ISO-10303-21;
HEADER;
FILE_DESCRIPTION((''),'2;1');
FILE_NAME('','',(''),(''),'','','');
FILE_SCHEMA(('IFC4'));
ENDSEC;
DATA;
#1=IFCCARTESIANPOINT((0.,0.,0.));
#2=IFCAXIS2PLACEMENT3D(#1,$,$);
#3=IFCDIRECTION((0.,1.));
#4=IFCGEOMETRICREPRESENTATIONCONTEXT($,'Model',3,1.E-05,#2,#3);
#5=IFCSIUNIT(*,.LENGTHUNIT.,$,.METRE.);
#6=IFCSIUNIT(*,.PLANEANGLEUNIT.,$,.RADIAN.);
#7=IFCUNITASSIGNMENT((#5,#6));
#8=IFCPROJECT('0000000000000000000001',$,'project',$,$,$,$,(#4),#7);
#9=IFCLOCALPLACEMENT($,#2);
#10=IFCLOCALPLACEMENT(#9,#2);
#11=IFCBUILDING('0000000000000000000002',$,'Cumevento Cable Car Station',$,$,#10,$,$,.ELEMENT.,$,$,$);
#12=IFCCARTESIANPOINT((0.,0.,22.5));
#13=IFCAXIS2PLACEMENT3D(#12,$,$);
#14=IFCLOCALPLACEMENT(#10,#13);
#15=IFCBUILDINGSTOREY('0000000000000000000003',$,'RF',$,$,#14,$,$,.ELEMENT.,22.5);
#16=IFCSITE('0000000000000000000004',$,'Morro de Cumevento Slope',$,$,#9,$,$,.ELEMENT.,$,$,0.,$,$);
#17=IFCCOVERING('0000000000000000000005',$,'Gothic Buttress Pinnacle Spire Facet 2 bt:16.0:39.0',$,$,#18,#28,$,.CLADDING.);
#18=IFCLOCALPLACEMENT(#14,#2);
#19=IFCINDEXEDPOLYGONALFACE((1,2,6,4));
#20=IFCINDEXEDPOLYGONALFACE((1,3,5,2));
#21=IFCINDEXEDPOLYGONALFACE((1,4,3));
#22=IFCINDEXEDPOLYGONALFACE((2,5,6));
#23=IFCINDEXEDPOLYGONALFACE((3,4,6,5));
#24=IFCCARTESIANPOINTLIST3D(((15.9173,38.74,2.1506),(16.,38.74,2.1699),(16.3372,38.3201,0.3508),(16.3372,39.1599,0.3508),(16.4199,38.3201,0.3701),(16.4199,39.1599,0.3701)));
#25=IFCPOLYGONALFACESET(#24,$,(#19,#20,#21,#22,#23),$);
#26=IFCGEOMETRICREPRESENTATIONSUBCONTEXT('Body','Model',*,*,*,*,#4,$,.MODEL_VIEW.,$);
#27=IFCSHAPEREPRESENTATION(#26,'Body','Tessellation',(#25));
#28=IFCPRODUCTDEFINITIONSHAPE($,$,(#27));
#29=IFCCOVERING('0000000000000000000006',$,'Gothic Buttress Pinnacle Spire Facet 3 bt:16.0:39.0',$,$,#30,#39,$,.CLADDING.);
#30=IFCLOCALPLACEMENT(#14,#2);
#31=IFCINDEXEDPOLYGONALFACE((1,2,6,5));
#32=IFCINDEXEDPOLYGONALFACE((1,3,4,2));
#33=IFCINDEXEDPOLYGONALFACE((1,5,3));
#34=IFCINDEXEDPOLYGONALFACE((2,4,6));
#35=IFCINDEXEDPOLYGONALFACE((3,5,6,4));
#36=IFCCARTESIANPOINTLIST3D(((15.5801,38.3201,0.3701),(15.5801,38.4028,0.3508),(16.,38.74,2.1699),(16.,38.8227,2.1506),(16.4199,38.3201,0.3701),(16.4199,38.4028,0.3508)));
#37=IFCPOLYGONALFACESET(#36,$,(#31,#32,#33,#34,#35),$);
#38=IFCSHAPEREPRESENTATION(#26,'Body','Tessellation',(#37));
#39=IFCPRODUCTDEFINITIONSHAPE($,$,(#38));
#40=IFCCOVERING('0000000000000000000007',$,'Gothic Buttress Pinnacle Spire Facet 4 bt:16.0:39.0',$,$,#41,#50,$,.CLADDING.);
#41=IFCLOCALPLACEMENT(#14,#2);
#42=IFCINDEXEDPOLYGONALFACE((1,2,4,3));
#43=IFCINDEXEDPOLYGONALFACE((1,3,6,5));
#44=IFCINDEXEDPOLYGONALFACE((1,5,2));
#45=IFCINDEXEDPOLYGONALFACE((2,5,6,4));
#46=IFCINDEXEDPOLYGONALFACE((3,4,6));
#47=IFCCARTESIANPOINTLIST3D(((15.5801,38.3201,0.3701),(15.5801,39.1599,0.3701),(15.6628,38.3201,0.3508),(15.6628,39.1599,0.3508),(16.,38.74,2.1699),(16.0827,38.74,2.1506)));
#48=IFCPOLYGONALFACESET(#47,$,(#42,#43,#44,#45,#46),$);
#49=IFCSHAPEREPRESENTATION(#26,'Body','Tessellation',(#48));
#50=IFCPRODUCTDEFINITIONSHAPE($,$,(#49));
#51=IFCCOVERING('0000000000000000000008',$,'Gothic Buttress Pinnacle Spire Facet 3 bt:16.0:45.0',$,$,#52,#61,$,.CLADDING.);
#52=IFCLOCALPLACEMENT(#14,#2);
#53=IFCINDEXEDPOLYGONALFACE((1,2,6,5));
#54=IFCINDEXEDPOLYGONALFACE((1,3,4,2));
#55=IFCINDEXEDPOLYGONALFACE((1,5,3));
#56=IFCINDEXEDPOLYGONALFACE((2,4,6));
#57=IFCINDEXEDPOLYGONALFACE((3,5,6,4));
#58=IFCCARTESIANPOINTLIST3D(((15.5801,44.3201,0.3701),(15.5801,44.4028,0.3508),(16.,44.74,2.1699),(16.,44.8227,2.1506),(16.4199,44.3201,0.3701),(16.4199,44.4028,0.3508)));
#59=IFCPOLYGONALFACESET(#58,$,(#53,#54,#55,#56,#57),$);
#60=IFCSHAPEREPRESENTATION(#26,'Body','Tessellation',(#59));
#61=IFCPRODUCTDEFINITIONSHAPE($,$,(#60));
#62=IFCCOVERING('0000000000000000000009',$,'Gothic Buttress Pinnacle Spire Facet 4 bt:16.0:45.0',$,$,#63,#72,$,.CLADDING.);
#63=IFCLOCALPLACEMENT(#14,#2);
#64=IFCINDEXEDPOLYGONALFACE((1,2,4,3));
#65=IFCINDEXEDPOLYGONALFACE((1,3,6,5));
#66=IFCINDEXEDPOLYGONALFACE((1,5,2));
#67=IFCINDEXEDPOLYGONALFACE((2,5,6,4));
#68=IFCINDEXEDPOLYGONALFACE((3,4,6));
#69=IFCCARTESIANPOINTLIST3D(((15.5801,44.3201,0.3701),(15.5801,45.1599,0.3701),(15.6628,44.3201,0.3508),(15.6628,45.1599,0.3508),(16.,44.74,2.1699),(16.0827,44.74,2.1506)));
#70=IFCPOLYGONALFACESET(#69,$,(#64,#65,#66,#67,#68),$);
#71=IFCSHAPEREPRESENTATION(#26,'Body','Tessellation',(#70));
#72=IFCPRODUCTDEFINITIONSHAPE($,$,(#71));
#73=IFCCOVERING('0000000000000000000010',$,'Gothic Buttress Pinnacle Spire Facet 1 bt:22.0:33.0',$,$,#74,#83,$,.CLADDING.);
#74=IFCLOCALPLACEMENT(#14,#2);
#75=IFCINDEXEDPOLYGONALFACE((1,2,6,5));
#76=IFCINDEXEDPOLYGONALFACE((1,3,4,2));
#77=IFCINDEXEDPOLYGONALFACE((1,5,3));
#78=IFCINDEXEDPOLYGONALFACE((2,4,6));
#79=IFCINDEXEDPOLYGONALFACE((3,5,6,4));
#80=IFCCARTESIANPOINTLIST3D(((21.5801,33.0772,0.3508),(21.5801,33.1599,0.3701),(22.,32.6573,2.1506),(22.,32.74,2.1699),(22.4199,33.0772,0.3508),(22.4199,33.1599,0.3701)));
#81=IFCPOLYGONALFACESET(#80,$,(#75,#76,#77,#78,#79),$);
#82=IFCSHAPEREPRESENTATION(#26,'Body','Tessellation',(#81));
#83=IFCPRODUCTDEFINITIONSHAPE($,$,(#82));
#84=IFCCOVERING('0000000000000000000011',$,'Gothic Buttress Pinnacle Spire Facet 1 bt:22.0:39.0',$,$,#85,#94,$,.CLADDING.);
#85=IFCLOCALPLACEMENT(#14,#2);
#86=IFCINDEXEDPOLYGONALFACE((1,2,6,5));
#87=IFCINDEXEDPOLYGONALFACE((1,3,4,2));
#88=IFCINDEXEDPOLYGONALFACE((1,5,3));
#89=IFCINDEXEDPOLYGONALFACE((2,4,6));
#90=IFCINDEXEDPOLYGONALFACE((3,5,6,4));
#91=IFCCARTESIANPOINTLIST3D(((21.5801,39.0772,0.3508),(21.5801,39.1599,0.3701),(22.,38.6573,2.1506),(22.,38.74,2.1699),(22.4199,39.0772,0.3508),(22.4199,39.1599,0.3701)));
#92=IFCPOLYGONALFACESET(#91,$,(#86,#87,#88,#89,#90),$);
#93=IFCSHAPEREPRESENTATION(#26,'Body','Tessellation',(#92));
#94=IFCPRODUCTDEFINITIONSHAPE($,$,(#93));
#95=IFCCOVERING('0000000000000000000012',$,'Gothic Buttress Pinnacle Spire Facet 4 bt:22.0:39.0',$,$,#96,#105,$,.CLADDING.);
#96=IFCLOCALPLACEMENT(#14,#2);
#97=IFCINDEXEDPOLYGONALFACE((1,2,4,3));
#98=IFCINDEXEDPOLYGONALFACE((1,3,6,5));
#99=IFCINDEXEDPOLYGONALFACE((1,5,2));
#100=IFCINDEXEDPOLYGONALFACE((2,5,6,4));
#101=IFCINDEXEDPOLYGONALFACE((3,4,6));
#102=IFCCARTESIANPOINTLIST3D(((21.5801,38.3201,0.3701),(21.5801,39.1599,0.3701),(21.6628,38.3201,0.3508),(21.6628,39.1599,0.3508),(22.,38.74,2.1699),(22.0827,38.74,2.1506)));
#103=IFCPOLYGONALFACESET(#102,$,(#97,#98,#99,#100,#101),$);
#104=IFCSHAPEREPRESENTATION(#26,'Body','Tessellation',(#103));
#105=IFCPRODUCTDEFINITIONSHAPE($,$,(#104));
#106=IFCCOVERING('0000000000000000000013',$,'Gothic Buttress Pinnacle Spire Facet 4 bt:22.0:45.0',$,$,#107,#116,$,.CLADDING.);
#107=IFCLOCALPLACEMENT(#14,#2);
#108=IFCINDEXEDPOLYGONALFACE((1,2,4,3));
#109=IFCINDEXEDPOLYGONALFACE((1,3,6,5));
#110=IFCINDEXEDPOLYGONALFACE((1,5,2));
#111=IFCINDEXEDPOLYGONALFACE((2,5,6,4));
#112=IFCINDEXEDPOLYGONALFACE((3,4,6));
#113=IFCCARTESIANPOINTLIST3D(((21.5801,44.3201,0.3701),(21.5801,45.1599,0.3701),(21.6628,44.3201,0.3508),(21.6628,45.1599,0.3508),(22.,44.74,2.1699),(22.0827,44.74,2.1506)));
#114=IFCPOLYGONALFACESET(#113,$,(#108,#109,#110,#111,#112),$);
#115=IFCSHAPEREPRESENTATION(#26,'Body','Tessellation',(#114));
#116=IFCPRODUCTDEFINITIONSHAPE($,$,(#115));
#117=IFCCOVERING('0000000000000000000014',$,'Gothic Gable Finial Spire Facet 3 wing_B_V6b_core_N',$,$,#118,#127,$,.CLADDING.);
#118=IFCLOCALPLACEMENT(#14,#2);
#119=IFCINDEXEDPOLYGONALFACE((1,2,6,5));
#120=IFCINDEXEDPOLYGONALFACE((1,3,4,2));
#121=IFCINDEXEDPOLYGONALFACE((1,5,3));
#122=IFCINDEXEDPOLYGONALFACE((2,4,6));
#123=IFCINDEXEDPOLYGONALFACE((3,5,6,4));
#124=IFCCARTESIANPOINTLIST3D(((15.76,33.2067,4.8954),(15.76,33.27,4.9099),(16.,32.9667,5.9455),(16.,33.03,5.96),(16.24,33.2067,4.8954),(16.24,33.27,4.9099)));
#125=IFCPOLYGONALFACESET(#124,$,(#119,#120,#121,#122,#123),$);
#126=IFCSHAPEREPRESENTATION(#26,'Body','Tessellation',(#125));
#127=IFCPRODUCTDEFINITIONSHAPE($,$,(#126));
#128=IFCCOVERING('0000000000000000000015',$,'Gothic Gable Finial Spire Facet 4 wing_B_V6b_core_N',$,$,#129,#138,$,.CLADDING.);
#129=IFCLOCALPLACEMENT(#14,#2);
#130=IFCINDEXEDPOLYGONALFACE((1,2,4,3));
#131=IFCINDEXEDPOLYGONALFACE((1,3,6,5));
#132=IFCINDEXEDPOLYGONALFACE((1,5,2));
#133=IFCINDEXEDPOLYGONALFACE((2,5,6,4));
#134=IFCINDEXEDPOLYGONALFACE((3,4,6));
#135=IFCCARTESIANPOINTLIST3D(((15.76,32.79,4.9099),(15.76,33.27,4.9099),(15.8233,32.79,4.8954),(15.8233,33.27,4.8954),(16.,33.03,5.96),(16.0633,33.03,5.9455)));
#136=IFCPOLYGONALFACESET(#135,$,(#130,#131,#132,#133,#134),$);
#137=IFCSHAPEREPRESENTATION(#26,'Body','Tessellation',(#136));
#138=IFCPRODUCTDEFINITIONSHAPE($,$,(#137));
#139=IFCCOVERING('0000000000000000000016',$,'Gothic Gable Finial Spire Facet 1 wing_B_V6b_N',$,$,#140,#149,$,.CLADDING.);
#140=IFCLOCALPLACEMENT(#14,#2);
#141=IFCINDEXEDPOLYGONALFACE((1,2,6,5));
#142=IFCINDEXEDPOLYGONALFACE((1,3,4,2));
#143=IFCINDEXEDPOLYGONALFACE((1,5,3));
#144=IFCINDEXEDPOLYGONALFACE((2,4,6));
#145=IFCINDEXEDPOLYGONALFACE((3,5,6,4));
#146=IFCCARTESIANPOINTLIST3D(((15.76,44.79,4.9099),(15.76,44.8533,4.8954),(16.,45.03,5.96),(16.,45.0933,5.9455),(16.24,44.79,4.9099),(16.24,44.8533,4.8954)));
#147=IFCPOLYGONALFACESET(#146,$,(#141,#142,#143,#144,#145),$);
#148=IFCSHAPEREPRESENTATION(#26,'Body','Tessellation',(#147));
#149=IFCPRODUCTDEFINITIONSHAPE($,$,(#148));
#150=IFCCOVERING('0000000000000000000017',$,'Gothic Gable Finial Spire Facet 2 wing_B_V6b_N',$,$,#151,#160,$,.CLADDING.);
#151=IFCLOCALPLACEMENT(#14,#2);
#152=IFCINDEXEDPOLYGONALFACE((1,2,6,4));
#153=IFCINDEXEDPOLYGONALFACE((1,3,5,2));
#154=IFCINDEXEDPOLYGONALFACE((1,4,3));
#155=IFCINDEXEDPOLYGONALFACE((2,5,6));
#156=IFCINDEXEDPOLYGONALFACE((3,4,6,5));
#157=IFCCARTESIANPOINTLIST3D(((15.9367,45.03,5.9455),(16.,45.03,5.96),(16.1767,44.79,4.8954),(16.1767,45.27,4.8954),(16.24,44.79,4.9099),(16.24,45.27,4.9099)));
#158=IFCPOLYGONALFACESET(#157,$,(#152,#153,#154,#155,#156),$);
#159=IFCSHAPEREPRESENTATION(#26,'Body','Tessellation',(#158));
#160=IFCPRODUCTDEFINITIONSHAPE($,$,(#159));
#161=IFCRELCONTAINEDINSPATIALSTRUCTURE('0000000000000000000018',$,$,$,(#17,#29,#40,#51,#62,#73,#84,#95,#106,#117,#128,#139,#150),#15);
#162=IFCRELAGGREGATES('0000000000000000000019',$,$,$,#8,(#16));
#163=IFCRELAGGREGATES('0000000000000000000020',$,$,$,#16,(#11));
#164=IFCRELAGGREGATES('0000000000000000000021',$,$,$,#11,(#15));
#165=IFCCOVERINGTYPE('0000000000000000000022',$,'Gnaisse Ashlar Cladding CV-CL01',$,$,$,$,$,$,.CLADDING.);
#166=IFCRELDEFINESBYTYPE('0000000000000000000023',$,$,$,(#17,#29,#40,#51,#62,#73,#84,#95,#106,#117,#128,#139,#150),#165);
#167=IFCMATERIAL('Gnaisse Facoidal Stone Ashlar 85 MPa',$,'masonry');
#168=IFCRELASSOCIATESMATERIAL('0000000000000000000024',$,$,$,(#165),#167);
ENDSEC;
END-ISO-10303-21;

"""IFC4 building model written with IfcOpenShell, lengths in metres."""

from ifc_helpers import new_model, si_unit, direction, frame, origin, place, context, subcontext, project, spatial, polyline, outline, extrude, material, type_object, element, save


model = new_model("IFC4")

# Units and contexts
model_context = context("Model", 3, precision=1e-05, world=origin(), true_north=direction((0.0, 1.0)))
body_context = subcontext(model_context, "Body", "Model", "MODEL_VIEW")
ifc_project = project(units=[si_unit("LENGTHUNIT", "METRE"), si_unit("PLANEANGLEUNIT", "RADIAN")], contexts=[model_context])

# Site, building, storey
site_placement = place(None, origin())
site = spatial("IfcSite", under=ifc_project, at=site_placement, Name="Morro de Cumevento Slope", CompositionType="ELEMENT", RefElevation=0.0)
building_placement = place(site_placement, origin())
building = spatial("IfcBuilding", under=site, at=building_placement, Name="Cumevento Cable Car Station", CompositionType="ELEMENT")
storey_placement = place(building_placement, frame((0.0, 0.0, 22.5)))
storey = spatial("IfcBuildingStorey", under=building, at=storey_placement, Name="RF", CompositionType="ELEMENT", Elevation=22.5)

# Coverings
ifc_material_1 = material(Name="Gnaisse Facoidal Stone Ashlar 85 MPa", Category="masonry")
covering_type_1 = type_object("IfcCoveringType", Name="Gnaisse Ashlar Cladding CV-CL01", PredefinedType="CLADDING", material=ifc_material_1)
for number, where, z_axis, x_axis, name in (
    (1, (16.4199, 39.1599, 0.3701), (0.973845, 0.0, 0.227213), (0.0, -1.0, 0.0), "Gothic Buttress Pinnacle Spire Facet 2 bt:16.0:39.0"),
    (2, (16.4199, 38.3201, 0.3701), (0.0, -0.973845, 0.227213), (-1.0, 0.0, 0.0), "Gothic Buttress Pinnacle Spire Facet 3 bt:16.0:39.0"),
    (3, (15.5801, 38.3201, 0.3701), (-0.973845, 0.0, 0.227213), (0.0, 1.0, 0.0), "Gothic Buttress Pinnacle Spire Facet 4 bt:16.0:39.0"),
    (4, (16.4199, 44.3201, 0.3701), (0.0, -0.973845, 0.227213), (-1.0, 0.0, 0.0), "Gothic Buttress Pinnacle Spire Facet 3 bt:16.0:45.0"),
    (5, (15.5801, 44.3201, 0.3701), (-0.973845, 0.0, 0.227213), (0.0, 1.0, 0.0), "Gothic Buttress Pinnacle Spire Facet 4 bt:16.0:45.0"),
    (6, (21.5801, 33.1599, 0.3701), (0.0, 0.973845, 0.227213), (1.0, 0.0, 0.0), "Gothic Buttress Pinnacle Spire Facet 1 bt:22.0:33.0"),
    (7, (21.5801, 39.1599, 0.3701), (0.0, 0.973845, 0.227213), (1.0, 0.0, 0.0), "Gothic Buttress Pinnacle Spire Facet 1 bt:22.0:39.0"),
    (8, (21.5801, 38.3201, 0.3701), (-0.973845, 0.0, 0.227213), (0.0, 1.0, 0.0), "Gothic Buttress Pinnacle Spire Facet 4 bt:22.0:39.0"),
    (9, (21.5801, 44.3201, 0.3701), (-0.973845, 0.0, 0.227213), (0.0, 1.0, 0.0), "Gothic Buttress Pinnacle Spire Facet 4 bt:22.0:45.0"),
):
    element("IfcCovering", number, at=place(storey_placement, frame(where, z_axis=z_axis, x_axis=x_axis)), inside=storey, type_object=covering_type_1, Name=name, PredefinedType="CLADDING", context=body_context, shape_type="SweptSolid", body=[
        extrude(outline(polyline([(0.0, 0.0), (0.8398, 0.0), (0.4199, -1.8481), (0.0, 0.0)])), origin(), (0.0, 0.0, -1.0), 0.085),
    ])
for number, where, z_axis, x_axis, name in (
    (10, (16.24, 33.27, 4.9099), (0.0, 0.974863, 0.222806), (-1.0, 0.0, 0.0), "Gothic Gable Finial Spire Facet 3 wing_B_V6b_core_N"),
    (11, (15.76, 33.27, 4.9099), (-0.974863, 0.0, 0.222806), (0.0, -1.0, 0.0), "Gothic Gable Finial Spire Facet 4 wing_B_V6b_core_N"),
):
    element("IfcCovering", number, at=place(storey_placement, frame(where, z_axis=z_axis, x_axis=x_axis)), inside=storey, type_object=covering_type_1, Name=name, PredefinedType="CLADDING", context=body_context, shape_type="SweptSolid", body=[
        extrude(outline(polyline([(0.0, 0.0), (0.48, 0.0), (0.24, 1.0771), (0.0, 0.0)])), origin(), (0.0, 0.0, -1.0), 0.0649),
    ])
for number, where, z_axis, x_axis, name in (
    (12, (15.76, 44.79, 4.9099), (0.0, -0.974863, 0.222806), (1.0, 0.0, 0.0), "Gothic Gable Finial Spire Facet 1 wing_B_V6b_N"),
    (13, (16.24, 44.79, 4.9099), (0.974863, 0.0, 0.222806), (0.0, 1.0, 0.0), "Gothic Gable Finial Spire Facet 2 wing_B_V6b_N"),
):
    element("IfcCovering", number, at=place(storey_placement, frame(where, z_axis=z_axis, x_axis=x_axis)), inside=storey, type_object=covering_type_1, Name=name, PredefinedType="CLADDING", context=body_context, shape_type="SweptSolid", body=[
        extrude(outline(polyline([(0.0, 0.0), (0.48, 0.0), (0.24, 1.0771), (0.0, 0.0)])), origin(), (0.0, 0.0, -1.0), 0.0649),
    ])

save(model, "model.ifc")
